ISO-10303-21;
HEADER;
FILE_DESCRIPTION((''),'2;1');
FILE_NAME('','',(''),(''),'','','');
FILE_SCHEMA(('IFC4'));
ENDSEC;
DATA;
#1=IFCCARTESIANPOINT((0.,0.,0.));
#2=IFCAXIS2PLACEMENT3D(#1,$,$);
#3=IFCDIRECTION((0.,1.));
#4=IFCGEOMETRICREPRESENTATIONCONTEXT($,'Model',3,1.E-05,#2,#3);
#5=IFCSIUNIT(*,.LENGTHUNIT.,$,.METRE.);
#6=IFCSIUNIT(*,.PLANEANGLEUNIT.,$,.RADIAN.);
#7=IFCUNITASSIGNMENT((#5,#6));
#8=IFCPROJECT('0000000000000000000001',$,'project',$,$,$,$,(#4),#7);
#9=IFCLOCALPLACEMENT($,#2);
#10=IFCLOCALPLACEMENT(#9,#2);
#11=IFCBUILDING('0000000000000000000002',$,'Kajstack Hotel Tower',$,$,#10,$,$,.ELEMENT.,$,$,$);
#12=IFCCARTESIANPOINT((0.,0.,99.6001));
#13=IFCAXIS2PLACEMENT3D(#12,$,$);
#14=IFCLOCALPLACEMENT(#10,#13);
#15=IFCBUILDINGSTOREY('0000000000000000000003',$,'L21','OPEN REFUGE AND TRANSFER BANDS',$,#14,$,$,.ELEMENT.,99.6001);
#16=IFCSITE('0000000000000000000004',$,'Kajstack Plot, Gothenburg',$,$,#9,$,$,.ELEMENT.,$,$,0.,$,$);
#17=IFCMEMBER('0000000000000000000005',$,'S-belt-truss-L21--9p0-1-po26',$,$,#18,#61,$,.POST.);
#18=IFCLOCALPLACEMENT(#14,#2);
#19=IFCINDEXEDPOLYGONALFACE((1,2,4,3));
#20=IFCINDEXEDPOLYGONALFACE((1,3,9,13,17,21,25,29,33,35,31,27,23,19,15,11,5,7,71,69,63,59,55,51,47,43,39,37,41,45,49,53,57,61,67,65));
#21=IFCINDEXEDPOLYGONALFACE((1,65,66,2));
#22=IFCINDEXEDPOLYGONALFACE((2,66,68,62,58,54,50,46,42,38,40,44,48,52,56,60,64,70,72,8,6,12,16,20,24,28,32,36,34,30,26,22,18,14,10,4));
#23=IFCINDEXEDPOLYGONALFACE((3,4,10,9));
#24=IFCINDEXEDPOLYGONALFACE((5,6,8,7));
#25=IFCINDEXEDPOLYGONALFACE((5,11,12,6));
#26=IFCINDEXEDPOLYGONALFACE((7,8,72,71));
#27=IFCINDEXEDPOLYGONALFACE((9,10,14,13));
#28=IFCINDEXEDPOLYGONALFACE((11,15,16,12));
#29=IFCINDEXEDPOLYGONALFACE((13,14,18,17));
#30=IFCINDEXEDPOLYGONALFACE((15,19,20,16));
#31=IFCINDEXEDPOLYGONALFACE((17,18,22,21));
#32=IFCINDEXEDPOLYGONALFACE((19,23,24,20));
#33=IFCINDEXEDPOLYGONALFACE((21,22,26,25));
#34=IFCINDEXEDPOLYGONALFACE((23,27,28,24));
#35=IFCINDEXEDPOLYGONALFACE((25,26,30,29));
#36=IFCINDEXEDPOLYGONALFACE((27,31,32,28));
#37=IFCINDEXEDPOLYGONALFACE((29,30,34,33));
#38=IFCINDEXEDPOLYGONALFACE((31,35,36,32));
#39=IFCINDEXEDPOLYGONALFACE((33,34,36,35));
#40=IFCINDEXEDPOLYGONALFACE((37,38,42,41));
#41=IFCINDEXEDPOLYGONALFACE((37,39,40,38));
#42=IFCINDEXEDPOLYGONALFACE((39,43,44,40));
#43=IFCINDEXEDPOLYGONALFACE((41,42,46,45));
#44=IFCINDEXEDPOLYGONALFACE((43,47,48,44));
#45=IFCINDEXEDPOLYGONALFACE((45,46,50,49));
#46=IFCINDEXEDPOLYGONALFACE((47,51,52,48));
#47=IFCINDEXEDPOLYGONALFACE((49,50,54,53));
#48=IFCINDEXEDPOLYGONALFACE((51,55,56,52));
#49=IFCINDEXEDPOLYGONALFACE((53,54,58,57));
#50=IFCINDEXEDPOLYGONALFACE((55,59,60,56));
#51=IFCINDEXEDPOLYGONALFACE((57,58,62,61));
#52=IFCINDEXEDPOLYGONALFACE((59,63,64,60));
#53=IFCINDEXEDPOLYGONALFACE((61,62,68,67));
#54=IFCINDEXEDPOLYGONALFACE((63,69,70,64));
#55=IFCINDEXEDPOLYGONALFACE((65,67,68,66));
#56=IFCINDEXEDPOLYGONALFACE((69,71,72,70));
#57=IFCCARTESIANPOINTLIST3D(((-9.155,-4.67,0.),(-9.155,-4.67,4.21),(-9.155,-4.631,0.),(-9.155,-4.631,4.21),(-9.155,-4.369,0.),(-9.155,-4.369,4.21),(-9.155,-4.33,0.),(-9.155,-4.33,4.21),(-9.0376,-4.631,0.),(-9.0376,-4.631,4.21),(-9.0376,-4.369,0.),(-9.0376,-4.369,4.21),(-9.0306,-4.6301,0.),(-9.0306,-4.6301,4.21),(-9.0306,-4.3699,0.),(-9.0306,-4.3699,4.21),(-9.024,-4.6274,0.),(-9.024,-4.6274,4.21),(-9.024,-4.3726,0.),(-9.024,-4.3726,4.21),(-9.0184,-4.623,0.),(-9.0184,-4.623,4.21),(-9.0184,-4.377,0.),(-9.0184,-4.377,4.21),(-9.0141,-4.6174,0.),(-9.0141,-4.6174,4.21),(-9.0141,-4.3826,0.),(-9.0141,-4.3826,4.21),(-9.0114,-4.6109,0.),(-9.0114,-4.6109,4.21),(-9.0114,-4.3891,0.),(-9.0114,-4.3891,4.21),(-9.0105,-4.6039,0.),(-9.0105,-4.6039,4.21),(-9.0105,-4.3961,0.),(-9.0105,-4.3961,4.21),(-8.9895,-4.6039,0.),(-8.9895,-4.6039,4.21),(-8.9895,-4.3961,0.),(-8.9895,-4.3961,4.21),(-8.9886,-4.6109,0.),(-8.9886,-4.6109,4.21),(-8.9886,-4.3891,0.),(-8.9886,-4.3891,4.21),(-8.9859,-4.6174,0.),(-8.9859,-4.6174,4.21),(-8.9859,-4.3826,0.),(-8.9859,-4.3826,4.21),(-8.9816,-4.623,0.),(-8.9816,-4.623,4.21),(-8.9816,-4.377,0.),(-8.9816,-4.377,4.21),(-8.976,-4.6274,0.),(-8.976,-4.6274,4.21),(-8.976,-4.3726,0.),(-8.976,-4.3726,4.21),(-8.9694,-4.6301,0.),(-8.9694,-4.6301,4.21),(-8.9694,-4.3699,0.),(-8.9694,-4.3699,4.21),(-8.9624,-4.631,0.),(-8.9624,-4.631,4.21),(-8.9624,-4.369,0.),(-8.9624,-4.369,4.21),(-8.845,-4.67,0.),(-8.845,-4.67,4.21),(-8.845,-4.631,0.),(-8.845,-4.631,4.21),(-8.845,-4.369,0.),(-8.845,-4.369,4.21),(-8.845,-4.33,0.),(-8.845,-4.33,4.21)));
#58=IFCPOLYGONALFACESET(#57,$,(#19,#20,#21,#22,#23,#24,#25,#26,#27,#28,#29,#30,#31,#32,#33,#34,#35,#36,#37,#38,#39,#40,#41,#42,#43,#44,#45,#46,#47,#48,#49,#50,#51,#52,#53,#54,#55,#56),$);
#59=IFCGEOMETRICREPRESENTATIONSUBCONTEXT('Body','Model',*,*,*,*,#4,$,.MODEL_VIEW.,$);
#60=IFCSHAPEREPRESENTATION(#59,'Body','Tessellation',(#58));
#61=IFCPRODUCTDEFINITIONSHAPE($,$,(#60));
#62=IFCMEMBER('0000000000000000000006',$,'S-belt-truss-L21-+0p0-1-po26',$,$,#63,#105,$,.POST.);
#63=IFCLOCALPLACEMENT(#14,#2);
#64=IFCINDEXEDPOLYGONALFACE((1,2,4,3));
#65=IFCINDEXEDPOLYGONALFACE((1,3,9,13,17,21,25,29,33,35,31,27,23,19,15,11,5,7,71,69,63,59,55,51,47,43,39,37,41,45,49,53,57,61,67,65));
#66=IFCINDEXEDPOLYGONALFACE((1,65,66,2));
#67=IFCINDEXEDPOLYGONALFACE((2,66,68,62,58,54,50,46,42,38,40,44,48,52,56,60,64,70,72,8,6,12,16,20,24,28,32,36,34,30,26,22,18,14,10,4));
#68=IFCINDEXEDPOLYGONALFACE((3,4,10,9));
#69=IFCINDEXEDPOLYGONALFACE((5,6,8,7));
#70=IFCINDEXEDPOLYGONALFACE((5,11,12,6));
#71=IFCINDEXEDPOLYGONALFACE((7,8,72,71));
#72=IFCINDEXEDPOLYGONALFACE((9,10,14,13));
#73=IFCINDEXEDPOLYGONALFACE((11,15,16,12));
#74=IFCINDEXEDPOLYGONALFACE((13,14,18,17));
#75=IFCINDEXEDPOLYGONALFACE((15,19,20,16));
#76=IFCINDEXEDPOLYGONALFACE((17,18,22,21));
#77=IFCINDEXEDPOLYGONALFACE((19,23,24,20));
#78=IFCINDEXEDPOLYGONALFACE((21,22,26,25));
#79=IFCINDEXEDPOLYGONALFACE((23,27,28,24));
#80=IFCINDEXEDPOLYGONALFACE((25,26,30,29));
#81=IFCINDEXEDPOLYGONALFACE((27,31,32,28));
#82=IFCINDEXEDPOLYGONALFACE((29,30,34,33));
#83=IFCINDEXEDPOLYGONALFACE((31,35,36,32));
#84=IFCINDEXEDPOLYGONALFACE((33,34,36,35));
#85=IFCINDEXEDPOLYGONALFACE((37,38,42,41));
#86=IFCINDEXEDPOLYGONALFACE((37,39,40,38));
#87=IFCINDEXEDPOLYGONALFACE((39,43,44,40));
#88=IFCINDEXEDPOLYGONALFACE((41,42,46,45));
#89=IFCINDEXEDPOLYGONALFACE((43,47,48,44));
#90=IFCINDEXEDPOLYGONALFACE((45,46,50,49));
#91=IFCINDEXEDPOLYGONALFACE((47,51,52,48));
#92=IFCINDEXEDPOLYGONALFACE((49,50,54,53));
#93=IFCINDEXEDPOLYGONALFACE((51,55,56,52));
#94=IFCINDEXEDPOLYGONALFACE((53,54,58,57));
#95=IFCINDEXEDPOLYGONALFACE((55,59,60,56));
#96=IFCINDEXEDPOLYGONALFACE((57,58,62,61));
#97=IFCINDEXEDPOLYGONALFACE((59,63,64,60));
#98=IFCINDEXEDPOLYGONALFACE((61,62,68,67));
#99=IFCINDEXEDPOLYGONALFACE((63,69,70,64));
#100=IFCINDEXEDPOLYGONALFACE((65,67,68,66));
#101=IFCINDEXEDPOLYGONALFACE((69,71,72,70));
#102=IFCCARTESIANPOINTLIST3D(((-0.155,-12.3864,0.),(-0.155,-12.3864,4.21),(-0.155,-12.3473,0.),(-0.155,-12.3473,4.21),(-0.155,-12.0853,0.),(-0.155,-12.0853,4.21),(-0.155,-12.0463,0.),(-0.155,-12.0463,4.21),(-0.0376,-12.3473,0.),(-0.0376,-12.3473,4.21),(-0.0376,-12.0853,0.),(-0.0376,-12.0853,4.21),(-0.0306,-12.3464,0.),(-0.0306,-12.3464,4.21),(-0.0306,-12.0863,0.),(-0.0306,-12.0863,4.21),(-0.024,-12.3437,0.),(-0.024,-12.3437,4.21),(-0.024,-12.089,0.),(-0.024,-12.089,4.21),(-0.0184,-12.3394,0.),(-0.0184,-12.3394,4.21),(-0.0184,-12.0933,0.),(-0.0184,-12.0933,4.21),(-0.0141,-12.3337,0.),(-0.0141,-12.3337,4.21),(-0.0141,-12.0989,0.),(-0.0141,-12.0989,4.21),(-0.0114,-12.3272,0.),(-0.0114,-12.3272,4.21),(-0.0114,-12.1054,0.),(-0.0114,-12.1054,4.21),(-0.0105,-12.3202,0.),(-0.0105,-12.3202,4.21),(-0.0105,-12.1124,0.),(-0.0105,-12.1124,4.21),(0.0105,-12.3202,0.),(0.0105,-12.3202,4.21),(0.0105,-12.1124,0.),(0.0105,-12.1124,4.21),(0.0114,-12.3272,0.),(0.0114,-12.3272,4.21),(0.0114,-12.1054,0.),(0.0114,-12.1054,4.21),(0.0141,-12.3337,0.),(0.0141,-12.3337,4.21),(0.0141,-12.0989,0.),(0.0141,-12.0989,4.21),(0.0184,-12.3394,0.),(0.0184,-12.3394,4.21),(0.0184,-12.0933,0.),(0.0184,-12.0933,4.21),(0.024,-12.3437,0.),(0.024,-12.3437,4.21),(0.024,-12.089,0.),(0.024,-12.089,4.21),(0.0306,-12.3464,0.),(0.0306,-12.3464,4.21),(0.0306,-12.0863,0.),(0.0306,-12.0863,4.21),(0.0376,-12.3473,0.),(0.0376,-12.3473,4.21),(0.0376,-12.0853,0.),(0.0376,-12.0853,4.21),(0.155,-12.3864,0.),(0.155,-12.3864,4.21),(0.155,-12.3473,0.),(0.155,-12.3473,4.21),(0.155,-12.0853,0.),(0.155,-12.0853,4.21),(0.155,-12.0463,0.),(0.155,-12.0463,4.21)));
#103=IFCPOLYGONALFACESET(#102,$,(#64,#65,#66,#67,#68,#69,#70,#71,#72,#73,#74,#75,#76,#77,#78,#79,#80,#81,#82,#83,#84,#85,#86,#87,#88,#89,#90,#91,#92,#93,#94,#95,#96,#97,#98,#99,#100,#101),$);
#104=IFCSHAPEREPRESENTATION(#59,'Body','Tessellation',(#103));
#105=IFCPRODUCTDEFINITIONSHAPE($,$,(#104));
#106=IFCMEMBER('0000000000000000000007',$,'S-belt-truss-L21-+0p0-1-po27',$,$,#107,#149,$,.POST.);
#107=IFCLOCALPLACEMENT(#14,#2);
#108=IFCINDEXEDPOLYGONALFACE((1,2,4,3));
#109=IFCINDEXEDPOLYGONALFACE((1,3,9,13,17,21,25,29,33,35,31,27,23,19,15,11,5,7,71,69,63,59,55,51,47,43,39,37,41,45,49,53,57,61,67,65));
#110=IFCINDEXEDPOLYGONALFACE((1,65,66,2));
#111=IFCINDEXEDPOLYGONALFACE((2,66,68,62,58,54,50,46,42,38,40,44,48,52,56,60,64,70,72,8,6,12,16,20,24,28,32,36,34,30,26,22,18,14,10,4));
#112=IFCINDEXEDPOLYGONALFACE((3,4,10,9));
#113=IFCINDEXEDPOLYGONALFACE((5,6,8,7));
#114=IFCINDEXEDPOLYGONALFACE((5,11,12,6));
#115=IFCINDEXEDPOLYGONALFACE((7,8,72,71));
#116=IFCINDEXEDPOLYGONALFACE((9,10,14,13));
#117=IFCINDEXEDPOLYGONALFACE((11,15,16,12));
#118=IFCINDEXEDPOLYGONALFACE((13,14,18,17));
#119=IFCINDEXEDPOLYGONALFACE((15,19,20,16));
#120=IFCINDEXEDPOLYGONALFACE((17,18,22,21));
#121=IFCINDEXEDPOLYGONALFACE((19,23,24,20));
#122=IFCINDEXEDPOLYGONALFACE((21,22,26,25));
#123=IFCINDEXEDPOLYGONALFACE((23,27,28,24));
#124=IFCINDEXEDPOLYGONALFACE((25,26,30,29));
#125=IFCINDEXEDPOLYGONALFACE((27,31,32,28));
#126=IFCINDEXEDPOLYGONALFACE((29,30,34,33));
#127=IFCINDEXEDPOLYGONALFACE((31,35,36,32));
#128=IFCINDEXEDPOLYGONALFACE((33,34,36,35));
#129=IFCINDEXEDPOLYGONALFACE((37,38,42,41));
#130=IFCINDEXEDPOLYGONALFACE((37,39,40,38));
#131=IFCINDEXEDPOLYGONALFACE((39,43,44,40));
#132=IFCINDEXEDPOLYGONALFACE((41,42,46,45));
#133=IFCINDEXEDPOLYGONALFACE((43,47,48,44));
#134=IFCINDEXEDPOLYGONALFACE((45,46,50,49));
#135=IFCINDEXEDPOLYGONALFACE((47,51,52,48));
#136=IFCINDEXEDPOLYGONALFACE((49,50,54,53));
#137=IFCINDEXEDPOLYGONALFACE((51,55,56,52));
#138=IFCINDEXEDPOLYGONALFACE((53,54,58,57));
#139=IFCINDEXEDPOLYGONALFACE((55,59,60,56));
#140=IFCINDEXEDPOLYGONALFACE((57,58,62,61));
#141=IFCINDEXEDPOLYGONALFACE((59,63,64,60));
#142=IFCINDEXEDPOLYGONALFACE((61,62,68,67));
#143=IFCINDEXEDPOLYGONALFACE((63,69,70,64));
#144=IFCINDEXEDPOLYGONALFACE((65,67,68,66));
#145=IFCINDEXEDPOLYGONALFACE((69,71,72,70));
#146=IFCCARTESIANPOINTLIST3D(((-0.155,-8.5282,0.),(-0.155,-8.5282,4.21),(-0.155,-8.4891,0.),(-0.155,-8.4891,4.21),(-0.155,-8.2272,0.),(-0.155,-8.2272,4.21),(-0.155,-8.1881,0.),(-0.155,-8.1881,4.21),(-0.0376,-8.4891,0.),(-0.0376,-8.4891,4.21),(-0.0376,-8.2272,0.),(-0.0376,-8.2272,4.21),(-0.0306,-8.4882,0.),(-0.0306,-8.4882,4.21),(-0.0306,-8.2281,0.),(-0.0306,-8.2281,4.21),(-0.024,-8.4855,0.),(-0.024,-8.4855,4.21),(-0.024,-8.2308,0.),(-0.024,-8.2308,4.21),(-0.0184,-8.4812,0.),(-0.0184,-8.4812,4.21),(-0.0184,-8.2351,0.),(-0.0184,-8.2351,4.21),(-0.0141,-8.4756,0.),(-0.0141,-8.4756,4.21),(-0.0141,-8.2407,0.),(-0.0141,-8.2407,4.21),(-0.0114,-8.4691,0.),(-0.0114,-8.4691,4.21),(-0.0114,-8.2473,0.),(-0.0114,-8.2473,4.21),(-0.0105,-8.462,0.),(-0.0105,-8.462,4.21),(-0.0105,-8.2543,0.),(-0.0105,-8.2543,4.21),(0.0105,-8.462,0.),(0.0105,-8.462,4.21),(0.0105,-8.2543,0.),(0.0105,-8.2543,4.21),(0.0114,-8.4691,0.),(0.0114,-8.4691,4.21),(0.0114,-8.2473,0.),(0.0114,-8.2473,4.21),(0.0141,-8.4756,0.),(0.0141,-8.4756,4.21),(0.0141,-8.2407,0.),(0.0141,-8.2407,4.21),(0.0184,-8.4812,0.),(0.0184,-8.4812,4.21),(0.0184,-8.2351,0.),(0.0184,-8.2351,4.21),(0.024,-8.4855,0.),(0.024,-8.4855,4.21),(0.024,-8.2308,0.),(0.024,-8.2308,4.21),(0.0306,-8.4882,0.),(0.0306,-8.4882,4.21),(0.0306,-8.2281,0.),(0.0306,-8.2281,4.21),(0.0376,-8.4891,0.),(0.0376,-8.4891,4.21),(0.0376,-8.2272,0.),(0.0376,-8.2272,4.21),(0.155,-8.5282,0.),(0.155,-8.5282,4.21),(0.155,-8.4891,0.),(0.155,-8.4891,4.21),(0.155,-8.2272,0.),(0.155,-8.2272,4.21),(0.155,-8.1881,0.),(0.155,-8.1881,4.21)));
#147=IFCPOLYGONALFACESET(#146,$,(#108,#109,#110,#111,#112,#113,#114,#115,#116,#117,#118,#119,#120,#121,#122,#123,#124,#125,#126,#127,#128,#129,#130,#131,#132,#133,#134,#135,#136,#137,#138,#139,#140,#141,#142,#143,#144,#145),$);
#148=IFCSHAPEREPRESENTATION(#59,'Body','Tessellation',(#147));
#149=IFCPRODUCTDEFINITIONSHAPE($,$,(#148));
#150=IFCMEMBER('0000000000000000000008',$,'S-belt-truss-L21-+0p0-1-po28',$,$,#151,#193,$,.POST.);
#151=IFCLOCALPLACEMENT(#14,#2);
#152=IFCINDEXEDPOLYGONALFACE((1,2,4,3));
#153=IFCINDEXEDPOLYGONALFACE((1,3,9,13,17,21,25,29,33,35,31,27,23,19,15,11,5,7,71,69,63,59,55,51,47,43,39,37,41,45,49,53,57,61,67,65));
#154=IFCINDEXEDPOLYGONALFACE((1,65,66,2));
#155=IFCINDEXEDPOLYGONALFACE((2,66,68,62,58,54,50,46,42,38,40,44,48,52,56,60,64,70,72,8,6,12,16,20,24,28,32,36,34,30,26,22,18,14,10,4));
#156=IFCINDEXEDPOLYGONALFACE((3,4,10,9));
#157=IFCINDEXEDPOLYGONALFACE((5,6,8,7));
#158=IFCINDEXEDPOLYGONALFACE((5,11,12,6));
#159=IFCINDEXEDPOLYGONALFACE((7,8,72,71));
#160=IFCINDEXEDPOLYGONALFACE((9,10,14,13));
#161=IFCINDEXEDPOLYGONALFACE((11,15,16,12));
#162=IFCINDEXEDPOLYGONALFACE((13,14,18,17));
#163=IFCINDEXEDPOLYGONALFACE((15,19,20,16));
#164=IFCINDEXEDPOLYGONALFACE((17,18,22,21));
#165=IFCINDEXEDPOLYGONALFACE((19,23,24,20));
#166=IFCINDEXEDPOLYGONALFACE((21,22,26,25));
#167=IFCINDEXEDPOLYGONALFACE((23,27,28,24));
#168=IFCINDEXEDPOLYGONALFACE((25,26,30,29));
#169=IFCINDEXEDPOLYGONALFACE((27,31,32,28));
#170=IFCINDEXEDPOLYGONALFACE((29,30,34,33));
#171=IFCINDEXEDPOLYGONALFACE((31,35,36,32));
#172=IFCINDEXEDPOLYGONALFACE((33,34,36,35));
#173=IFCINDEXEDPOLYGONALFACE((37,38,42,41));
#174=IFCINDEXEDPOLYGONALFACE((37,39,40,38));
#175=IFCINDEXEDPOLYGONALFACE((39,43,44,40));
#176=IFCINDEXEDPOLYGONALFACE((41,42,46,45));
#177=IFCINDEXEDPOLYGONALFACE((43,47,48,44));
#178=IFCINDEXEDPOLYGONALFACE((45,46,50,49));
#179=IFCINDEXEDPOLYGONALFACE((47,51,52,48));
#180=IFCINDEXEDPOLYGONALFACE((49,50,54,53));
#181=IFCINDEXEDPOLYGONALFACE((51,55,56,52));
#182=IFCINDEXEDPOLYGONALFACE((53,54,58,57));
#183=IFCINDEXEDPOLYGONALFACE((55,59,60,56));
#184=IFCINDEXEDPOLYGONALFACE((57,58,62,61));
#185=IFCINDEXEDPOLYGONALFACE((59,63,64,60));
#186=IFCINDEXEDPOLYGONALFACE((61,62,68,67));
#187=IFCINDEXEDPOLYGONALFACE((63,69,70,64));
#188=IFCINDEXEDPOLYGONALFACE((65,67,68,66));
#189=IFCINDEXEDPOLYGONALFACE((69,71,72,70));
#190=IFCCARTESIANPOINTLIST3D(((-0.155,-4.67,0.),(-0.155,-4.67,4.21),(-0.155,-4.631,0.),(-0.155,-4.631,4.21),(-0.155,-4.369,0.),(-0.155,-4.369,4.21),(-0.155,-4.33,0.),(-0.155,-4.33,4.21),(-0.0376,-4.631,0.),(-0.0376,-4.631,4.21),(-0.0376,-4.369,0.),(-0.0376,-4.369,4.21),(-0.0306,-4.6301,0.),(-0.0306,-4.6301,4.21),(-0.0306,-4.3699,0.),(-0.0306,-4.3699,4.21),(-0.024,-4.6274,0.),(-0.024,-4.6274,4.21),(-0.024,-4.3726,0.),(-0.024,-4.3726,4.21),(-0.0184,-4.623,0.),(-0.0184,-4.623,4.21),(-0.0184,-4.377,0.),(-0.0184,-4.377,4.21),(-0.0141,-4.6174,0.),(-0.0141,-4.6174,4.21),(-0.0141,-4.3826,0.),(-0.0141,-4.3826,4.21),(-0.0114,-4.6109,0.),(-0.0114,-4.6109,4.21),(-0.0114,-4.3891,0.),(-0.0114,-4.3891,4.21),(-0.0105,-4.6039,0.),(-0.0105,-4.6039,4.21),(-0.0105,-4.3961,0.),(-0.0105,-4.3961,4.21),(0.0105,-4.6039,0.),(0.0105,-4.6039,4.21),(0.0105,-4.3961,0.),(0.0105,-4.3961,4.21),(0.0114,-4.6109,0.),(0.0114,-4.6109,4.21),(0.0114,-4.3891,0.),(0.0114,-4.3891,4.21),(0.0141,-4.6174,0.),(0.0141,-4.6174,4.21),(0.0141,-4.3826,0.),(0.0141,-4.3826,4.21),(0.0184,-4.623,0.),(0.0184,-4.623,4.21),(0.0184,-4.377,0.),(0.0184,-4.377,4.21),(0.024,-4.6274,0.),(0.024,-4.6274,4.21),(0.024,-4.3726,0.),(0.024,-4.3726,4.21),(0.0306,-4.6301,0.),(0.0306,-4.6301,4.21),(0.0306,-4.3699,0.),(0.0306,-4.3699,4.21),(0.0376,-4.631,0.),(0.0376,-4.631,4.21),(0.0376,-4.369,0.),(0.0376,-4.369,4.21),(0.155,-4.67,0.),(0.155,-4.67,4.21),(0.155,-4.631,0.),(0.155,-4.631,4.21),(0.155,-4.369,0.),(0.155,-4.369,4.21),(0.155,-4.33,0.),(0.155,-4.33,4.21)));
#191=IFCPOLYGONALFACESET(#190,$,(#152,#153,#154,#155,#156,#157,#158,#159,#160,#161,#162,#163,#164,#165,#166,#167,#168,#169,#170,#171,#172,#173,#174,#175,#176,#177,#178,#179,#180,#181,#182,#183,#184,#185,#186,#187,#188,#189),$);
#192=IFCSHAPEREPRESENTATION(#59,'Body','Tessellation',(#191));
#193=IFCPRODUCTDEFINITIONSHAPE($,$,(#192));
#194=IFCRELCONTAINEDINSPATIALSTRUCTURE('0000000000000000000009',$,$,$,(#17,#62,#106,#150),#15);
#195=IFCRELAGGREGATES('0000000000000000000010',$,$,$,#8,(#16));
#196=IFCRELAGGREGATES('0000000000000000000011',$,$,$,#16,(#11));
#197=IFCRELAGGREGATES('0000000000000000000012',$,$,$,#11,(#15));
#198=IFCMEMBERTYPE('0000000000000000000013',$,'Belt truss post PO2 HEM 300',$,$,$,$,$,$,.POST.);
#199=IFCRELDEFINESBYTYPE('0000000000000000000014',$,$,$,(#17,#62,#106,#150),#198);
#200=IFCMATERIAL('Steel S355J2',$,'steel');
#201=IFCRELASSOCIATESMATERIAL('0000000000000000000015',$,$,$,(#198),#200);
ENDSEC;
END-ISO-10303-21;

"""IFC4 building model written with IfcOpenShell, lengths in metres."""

from ifc_helpers import new_model, si_unit, direction, frame, origin, origin_2d, place, context, subcontext, project, spatial, i_section, extrude, material, material_profile, profile_set, type_object, element, save


model = new_model("IFC4")

# Units and contexts
model_context = context("Model", 3, precision=1e-05, world=origin(), true_north=direction((0.0, 1.0)))
body_context = subcontext(model_context, "Body", "Model", "MODEL_VIEW")
ifc_project = project(units=[si_unit("LENGTHUNIT", "METRE"), si_unit("PLANEANGLEUNIT", "RADIAN")], contexts=[model_context])

# Site, building, storey
site_placement = place(None, origin())
site = spatial("IfcSite", under=ifc_project, at=site_placement, Name="Kajstack Plot, Gothenburg", CompositionType="ELEMENT", RefElevation=0.0)
building_placement = place(site_placement, origin())
building = spatial("IfcBuilding", under=site, at=building_placement, Name="Kajstack Hotel Tower", CompositionType="ELEMENT")
storey_placement = place(building_placement, frame((0.0, 0.0, 99.6001)))
storey = spatial("IfcBuildingStorey", under=building, at=storey_placement, Name="L21", Description="OPEN REFUGE AND TRANSFER BANDS", CompositionType="ELEMENT", Elevation=99.6001)

# Members
ifc_material_1 = material(Name="Steel S355J2", Category="steel")
ifc_material_profile_1 = material_profile(ifc_material_1, i_section(OverallWidth=0.3101, OverallDepth=0.3401, WebThickness=0.021, FlangeThickness=0.0391, FilletRadius=0.0271, at=origin_2d()), Name="HEM 300")
ifc_profile_set_1 = profile_set([ifc_material_profile_1], Name="Steel S355J2")
member_type_1 = type_object("IfcMemberType", Name="Belt truss post PO2 HEM 300", PredefinedType="POST", material=ifc_profile_set_1)
for number, where, z_axis, x_axis, name in (
    (1, (-9.0, -4.5, 0.0), (0.0, 0.0, 1.0), (1.0, 0.0, 0.0), "S-belt-truss-L21--9p0-1-po26"),
    (2, (0.0, -12.2163, 0.0), (0.0, 0.0, 1.0), (1.0, 0.0, 0.0), "S-belt-truss-L21-+0p0-1-po26"),
    (3, (0.0, -8.3582, 0.0), (0.0, 0.0, 1.0), (1.0, 0.0, 0.0), "S-belt-truss-L21-+0p0-1-po27"),
    (4, (0.0, -4.5, 0.0), (0.0, 0.0, 1.0), (1.0, 0.0, 0.0), "S-belt-truss-L21-+0p0-1-po28"),
):
    element("IfcMember", number, at=place(storey_placement, frame(where, z_axis=z_axis, x_axis=x_axis)), inside=storey, type_object=member_type_1, Name=name, PredefinedType="POST", context=body_context, shape_type="SweptSolid", body=[
        extrude(i_section(OverallWidth=0.3101, OverallDepth=0.3401, WebThickness=0.021, FlangeThickness=0.0391, FilletRadius=0.0271, at=origin_2d()), origin(), (0.0, 0.0, 1.0), 4.21),
    ])

save(model, "model.ifc")
